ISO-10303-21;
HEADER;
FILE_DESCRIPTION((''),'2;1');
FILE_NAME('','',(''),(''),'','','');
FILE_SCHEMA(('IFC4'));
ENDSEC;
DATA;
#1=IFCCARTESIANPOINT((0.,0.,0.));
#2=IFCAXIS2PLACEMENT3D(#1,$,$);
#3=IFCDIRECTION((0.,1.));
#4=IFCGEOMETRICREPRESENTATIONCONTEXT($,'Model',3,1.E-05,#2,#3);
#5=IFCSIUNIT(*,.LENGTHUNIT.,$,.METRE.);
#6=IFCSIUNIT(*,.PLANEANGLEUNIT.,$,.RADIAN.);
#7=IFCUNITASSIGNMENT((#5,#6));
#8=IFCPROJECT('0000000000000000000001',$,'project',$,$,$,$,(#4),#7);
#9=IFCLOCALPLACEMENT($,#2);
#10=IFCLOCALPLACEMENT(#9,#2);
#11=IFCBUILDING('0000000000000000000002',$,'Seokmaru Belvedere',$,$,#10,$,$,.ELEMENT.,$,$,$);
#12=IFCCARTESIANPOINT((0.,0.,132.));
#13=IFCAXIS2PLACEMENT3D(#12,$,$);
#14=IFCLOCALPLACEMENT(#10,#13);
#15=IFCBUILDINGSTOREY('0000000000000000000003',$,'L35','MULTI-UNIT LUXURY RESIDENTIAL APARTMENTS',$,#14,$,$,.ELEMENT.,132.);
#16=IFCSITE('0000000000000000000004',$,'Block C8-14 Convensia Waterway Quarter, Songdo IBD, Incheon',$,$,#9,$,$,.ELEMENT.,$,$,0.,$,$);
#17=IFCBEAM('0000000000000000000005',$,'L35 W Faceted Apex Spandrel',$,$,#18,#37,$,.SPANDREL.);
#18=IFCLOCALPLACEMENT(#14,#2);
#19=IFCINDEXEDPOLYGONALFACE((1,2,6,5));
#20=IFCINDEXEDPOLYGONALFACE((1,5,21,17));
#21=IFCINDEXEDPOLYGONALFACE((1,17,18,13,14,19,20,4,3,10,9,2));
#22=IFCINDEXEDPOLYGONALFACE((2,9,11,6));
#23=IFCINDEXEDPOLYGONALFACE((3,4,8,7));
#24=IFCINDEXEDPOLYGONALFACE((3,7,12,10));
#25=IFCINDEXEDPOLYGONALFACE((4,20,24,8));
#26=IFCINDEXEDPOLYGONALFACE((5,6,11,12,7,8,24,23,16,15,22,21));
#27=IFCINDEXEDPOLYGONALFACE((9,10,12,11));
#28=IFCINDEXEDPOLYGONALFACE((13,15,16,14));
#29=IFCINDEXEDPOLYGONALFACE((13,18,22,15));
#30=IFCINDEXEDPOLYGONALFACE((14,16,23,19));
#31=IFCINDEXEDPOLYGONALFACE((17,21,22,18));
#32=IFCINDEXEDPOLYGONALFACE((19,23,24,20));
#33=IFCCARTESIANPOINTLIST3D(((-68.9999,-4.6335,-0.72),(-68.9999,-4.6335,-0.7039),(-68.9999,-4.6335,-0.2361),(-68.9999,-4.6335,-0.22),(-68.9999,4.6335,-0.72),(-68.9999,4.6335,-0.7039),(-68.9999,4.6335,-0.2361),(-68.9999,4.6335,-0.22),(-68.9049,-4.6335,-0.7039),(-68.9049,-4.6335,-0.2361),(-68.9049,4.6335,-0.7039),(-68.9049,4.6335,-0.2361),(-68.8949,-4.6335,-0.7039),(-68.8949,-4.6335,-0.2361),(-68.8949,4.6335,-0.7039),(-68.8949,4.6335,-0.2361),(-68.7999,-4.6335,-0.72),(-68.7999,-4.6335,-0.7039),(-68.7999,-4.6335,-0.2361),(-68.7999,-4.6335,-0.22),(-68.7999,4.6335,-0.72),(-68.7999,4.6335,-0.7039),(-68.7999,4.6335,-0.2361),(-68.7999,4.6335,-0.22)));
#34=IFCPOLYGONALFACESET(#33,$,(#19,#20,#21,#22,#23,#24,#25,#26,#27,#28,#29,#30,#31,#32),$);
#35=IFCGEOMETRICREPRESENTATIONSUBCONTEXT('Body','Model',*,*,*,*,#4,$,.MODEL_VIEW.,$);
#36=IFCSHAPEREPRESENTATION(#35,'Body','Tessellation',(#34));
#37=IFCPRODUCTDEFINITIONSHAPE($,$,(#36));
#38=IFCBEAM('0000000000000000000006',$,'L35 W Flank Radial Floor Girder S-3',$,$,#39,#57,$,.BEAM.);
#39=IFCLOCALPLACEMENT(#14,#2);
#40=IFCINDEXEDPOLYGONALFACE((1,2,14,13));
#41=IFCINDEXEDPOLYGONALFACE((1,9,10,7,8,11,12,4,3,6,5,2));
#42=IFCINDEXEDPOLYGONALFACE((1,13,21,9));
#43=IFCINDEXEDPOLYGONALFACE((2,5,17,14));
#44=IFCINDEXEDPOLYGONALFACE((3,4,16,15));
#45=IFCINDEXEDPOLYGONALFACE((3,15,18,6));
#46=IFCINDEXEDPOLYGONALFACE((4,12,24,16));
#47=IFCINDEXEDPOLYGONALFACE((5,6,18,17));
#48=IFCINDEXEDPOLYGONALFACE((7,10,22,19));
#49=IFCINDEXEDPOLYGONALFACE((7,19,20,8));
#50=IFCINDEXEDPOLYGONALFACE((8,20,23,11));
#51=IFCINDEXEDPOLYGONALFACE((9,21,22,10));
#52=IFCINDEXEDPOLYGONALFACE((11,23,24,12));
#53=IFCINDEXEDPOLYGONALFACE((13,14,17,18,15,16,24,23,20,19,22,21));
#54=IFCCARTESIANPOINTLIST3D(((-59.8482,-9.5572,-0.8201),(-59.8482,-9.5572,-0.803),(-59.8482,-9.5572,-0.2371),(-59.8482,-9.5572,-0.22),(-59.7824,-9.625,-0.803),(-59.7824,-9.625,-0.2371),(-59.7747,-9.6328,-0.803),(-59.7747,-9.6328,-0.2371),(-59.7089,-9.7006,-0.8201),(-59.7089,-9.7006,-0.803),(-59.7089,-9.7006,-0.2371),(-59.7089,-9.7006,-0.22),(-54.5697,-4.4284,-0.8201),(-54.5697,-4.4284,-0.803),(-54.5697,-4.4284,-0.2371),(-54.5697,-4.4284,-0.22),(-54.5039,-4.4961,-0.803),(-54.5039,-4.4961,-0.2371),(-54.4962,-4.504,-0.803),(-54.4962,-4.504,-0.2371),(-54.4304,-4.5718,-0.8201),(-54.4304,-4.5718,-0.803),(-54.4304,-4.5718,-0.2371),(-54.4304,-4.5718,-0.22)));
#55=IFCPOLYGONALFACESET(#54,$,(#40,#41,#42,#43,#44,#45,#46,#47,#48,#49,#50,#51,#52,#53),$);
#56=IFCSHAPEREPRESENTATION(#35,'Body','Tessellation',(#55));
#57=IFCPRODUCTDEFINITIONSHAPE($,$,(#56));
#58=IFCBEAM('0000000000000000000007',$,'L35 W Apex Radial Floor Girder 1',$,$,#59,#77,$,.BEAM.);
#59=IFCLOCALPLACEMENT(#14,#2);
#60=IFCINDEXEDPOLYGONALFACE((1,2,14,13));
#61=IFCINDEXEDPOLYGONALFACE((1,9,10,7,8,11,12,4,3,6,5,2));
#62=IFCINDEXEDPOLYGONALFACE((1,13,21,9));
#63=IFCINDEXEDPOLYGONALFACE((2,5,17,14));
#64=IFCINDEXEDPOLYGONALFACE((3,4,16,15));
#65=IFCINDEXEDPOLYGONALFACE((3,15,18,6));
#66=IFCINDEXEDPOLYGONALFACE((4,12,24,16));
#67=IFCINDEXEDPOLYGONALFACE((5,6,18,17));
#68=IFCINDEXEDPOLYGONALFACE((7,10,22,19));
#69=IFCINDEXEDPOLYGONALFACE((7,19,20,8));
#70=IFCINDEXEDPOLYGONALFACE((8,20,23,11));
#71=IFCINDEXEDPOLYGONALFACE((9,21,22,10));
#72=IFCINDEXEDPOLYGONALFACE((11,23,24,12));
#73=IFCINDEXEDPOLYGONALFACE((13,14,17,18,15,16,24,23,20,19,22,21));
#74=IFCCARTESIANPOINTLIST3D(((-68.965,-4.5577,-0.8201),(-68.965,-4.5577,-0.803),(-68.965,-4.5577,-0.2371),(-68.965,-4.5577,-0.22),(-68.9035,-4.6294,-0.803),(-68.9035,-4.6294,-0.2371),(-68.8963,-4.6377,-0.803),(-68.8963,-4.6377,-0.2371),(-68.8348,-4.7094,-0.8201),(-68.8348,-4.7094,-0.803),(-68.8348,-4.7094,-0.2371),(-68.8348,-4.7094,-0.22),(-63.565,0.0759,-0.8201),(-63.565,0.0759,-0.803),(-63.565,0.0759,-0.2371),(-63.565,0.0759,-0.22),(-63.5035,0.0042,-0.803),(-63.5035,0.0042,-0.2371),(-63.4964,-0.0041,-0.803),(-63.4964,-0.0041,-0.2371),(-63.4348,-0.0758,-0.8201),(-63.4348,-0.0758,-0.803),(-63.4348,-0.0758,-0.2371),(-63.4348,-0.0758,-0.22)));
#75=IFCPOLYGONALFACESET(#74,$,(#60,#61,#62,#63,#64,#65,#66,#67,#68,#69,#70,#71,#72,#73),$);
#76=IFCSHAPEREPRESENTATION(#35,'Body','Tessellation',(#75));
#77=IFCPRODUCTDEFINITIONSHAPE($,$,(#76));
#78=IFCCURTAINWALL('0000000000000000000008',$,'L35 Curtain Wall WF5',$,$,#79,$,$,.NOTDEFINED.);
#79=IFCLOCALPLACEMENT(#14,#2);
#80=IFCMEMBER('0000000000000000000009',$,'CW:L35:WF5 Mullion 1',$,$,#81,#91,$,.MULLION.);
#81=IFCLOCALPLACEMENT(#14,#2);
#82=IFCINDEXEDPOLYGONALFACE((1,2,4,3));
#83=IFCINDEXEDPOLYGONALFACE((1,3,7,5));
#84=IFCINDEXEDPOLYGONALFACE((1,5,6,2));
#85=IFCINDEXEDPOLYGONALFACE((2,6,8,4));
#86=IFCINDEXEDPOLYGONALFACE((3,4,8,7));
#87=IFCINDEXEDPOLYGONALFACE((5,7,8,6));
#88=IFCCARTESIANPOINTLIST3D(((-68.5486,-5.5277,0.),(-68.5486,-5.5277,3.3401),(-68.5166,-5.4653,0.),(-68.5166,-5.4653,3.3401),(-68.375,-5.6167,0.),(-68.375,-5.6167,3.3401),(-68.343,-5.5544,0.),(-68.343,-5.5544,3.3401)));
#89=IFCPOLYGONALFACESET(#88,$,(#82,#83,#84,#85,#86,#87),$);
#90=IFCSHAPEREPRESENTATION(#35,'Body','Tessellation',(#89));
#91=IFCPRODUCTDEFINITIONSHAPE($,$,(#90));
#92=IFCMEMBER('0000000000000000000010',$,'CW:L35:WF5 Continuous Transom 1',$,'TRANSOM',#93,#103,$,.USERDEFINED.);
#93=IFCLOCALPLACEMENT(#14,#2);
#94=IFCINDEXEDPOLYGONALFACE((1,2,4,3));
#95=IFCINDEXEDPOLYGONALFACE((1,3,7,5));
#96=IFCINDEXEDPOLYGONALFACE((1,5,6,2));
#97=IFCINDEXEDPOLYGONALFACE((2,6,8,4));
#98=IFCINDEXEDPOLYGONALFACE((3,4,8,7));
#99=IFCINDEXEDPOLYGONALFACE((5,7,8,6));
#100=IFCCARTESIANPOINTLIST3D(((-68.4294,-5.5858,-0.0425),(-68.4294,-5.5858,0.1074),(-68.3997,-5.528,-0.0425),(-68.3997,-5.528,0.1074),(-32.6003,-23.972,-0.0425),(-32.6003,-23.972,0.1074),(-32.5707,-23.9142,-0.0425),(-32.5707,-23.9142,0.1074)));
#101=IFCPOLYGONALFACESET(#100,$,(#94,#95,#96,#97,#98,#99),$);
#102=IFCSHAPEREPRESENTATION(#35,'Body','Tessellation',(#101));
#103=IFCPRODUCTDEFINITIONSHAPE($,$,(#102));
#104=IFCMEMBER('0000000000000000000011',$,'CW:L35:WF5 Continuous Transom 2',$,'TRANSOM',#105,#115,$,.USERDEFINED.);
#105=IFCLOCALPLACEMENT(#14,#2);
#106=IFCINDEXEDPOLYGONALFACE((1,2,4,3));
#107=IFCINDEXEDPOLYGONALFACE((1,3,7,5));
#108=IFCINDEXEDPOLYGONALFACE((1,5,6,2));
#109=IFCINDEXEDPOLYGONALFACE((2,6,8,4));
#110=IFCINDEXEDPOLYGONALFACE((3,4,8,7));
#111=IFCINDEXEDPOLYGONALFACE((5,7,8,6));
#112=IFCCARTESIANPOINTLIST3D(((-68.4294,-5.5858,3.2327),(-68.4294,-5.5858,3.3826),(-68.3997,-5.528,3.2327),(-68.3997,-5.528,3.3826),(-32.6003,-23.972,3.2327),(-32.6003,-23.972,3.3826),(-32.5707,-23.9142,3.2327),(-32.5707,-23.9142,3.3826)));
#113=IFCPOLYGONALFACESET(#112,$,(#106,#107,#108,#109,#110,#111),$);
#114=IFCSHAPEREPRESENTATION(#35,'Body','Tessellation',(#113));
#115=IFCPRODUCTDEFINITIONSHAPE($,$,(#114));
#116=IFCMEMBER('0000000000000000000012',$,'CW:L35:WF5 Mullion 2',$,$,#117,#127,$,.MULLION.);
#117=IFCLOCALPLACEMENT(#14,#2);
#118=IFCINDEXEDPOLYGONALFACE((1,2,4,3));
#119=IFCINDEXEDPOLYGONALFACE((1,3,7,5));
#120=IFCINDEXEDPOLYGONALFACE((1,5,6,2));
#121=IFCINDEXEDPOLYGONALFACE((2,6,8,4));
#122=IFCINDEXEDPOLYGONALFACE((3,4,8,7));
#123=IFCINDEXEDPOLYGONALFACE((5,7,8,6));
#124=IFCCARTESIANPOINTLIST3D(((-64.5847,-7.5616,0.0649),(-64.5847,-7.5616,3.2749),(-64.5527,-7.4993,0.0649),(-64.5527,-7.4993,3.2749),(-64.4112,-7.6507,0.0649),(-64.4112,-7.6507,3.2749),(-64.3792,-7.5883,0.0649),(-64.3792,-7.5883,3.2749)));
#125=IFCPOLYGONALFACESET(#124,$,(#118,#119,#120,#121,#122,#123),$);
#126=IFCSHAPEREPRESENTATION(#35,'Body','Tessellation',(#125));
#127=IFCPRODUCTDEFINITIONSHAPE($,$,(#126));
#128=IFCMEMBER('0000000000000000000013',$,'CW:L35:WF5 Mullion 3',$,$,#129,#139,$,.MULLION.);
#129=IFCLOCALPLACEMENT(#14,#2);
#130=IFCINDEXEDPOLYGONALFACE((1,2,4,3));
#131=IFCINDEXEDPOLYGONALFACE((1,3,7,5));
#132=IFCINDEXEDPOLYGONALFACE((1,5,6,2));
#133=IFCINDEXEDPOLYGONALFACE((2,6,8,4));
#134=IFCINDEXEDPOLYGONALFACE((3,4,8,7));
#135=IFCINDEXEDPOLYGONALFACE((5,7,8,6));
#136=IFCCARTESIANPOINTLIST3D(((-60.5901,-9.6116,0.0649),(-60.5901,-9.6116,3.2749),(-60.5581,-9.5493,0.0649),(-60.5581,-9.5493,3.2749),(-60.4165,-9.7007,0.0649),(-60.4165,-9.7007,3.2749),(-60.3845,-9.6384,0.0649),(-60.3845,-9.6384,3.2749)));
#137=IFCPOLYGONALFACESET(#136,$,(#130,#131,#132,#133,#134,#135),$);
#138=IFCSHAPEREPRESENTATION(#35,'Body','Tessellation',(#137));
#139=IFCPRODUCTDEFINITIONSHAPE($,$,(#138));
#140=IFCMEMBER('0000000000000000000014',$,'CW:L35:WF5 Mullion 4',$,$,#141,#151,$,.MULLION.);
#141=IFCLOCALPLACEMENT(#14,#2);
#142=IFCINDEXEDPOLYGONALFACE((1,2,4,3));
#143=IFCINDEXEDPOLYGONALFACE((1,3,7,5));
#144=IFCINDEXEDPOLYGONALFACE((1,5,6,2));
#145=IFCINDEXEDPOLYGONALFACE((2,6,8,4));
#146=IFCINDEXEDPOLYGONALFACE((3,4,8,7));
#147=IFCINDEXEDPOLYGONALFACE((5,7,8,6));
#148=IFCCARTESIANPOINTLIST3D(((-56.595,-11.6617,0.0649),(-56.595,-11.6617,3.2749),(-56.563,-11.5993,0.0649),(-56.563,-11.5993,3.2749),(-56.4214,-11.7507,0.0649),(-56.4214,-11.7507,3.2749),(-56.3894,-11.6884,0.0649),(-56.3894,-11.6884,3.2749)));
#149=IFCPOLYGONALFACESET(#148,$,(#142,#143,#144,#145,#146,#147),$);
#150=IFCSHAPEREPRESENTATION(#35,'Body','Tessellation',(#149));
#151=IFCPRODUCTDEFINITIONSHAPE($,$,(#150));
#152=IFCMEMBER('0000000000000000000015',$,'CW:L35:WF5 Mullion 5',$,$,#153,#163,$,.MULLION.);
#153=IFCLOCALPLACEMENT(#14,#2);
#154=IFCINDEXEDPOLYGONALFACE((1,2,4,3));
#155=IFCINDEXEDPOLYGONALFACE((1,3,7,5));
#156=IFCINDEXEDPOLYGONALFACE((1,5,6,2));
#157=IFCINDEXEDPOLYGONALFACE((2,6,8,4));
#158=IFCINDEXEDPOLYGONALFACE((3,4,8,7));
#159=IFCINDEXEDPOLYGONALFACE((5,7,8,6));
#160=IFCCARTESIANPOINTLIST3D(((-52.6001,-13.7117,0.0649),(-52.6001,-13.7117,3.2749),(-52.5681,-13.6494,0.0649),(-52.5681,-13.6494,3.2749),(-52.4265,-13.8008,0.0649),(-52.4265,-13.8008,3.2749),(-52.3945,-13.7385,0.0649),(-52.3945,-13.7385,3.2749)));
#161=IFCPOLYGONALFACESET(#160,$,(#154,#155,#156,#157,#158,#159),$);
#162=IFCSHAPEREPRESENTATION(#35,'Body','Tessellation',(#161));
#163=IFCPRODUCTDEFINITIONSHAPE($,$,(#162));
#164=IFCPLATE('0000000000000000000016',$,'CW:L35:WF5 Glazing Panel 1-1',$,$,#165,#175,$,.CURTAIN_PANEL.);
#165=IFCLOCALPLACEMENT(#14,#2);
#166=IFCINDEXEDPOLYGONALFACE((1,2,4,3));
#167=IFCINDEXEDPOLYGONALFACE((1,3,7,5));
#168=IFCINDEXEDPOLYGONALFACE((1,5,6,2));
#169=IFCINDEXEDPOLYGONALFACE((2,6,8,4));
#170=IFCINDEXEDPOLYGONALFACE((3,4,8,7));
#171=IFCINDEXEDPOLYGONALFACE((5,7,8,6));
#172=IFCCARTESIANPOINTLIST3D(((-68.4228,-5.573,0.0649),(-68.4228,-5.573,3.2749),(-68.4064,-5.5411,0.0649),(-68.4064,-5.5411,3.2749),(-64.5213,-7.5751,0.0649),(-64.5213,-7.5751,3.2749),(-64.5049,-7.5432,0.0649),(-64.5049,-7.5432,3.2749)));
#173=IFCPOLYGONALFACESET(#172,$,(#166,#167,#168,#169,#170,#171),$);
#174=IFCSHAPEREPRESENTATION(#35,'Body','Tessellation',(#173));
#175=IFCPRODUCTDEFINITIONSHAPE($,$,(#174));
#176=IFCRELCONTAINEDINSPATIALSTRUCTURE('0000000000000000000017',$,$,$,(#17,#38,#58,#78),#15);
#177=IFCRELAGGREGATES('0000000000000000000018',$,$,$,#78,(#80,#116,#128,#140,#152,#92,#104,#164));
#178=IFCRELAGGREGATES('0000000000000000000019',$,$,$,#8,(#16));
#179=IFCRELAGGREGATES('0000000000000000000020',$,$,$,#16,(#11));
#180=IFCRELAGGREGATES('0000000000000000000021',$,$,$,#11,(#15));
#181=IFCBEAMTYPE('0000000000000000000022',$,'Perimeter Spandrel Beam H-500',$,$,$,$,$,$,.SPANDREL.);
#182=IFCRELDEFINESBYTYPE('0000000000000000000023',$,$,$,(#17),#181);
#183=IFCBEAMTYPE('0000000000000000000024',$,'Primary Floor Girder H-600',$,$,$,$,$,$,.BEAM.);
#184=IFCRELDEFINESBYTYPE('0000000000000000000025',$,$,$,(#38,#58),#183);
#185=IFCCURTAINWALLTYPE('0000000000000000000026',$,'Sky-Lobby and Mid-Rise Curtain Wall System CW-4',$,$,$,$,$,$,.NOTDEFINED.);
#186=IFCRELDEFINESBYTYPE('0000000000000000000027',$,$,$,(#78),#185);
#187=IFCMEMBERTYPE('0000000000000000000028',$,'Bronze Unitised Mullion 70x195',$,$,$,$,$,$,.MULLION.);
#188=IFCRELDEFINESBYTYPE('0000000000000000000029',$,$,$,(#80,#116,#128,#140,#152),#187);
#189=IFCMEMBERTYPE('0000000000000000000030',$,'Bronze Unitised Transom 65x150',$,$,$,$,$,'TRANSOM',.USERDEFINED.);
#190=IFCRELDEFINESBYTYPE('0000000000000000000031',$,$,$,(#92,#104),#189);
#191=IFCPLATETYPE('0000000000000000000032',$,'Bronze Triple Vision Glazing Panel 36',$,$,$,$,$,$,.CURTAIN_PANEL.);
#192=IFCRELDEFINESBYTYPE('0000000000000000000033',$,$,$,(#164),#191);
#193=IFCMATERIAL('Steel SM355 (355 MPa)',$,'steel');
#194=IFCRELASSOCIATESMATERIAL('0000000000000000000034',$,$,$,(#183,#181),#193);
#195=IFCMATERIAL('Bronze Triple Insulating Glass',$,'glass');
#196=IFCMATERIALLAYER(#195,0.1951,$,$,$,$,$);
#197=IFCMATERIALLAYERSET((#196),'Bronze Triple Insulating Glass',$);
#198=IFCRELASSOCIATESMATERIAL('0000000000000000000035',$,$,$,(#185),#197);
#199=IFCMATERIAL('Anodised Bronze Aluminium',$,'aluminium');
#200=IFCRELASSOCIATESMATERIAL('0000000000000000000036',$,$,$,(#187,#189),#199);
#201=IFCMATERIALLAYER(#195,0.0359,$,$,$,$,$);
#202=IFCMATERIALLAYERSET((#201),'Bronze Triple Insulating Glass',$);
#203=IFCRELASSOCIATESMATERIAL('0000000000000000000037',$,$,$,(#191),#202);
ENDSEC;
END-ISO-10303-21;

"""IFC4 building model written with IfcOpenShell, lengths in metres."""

from ifc_helpers import new_model, si_unit, direction, frame, origin, origin_2d, place, context, subcontext, project, spatial, rectangle, i_section, extrude, source, transform, mapped, material, layer, layer_set, material_profile, profile_set, type_object, type_shapes, element, aggregate, save


model = new_model("IFC4")

# Units and contexts
model_context = context("Model", 3, precision=1e-05, world=origin(), true_north=direction((0.0, 1.0)))
body_context = subcontext(model_context, "Body", "Model", "MODEL_VIEW")
ifc_project = project(units=[si_unit("LENGTHUNIT", "METRE"), si_unit("PLANEANGLEUNIT", "RADIAN")], contexts=[model_context])

# Site, building, storey
site_placement = place(None, origin())
site = spatial("IfcSite", under=ifc_project, at=site_placement, Name="Block C8-14 Convensia Waterway Quarter, Songdo IBD, Incheon", CompositionType="ELEMENT", RefElevation=0.0)
building_placement = place(site_placement, origin())
building = spatial("IfcBuilding", under=site, at=building_placement, Name="Seokmaru Belvedere", CompositionType="ELEMENT")
storey_placement = place(building_placement, frame((0.0, 0.0, 132.0)))
storey = spatial("IfcBuildingStorey", under=building, at=storey_placement, Name="L35", Description="MULTI-UNIT LUXURY RESIDENTIAL APARTMENTS", CompositionType="ELEMENT", Elevation=132.0)

# Shared definitions
ifc_material_1 = material(Name="Steel SM355 (355 MPa)", Category="steel")

# Beams
ifc_material_profile_1 = material_profile(ifc_material_1, i_section(OverallWidth=0.2, OverallDepth=0.6001, WebThickness=0.011, FlangeThickness=0.0171, at=origin_2d()), Name="H-600x200x11x17")
ifc_profile_set_1 = profile_set([ifc_material_profile_1], Name="Steel SM355 (355 MPa)")
beam_type_1 = type_object("IfcBeamType", Name="Primary Floor Girder H-600", PredefinedType="BEAM", material=ifc_profile_set_1)
ifc_material_profile_2 = material_profile(ifc_material_1, i_section(OverallWidth=0.2, OverallDepth=0.5, WebThickness=0.01, FlangeThickness=0.0161, at=origin_2d()), Name="H-500x200x10x16")
ifc_profile_set_2 = profile_set([ifc_material_profile_2], Name="Steel SM355 (355 MPa)")
beam_type_2 = type_object("IfcBeamType", Name="Perimeter Spandrel Beam H-500", PredefinedType="SPANDREL", material=ifc_profile_set_2)
shared_shape_1 = source(origin(), body_context, "Body", "SweptSolid", [
    extrude(i_section(OverallWidth=0.2, OverallDepth=0.5, WebThickness=0.01, FlangeThickness=0.0161, at=origin_2d()), origin(), (0.0, 0.0, 1.0), 9.2671),
])
beam_1_placement = place(storey_placement, frame((-68.8999, -4.6335, -0.47), z_axis=(0.0, 1.0, 0.0), x_axis=(-1.0, 0.0, 0.0)))
element("IfcBeam", 1, at=beam_1_placement, inside=storey, type_object=beam_type_2, Name="L35 W Faceted Apex Spandrel", PredefinedType="SPANDREL", context=body_context, shape_type="MappedRepresentation", body=[
    mapped(shared_shape_1, transform((0.0, 0.0, 0.0), scale=1.0)),
])
shared_shape_2 = source(origin(), body_context, "Body", "SweptSolid", [
    extrude(i_section(OverallWidth=0.2, OverallDepth=0.6001, WebThickness=0.011, FlangeThickness=0.0171, at=origin_2d()), origin(), (0.0, 0.0, 1.0), 7.3599),
])
beam_2_placement = place(storey_placement, frame((-59.7786, -9.6289, -0.52), z_axis=(0.717201, 0.696867, 0.0), x_axis=(-0.696867, 0.717201, 0.0)))
element("IfcBeam", 2, at=beam_2_placement, inside=storey, type_object=beam_type_1, Name="L35 W Flank Radial Floor Girder S-3", PredefinedType="BEAM", context=body_context, shape_type="MappedRepresentation", body=[
    mapped(shared_shape_2, transform((0.0, 0.0, 0.0), scale=1.0)),
])
shared_shape_3 = source(origin(), body_context, "Body", "SweptSolid", [
    extrude(i_section(OverallWidth=0.2, OverallDepth=0.6001, WebThickness=0.011, FlangeThickness=0.0171, at=origin_2d()), origin(), (0.0, 0.0, 1.0), 7.1155),
])
beam_3_placement = place(storey_placement, frame((-68.8999, -4.6335, -0.52), z_axis=(0.758905, 0.651201, 0.0), x_axis=(-0.651201, 0.758905, 0.0)))
element("IfcBeam", 3, at=beam_3_placement, inside=storey, type_object=beam_type_1, Name="L35 W Apex Radial Floor Girder 1", PredefinedType="BEAM", context=body_context, shape_type="MappedRepresentation", body=[
    mapped(shared_shape_3, transform((0.0, 0.0, 0.0), scale=1.0)),
])

# Curtain wall, members, plate
ifc_material_2 = material(Name="Bronze Triple Insulating Glass", Category="glass")
ifc_layer_1 = layer(ifc_material_2, 0.1951)
ifc_layer_set_1 = layer_set([ifc_layer_1], Name="Bronze Triple Insulating Glass")
curtain_wall_type = type_object("IfcCurtainWallType", Name="Sky-Lobby and Mid-Rise Curtain Wall System CW-4", PredefinedType="NOTDEFINED", material=ifc_layer_set_1)
curtain_wall_placement = place(storey_placement, origin())
curtain_wall = element("IfcCurtainWall", 4, at=curtain_wall_placement, inside=storey, type_object=curtain_wall_type, Name="L35 Curtain Wall WF5", PredefinedType="NOTDEFINED")
ifc_material_3 = material(Name="Anodised Bronze Aluminium", Category="aluminium")
ifc_material_profile_3 = material_profile(ifc_material_3, rectangle(XDim=0.0701, YDim=0.1951, at=origin_2d()), Name="CW-M-70x195")
ifc_profile_set_3 = profile_set([ifc_material_profile_3], Name="Anodised Bronze Aluminium")
member_type_1 = type_object("IfcMemberType", Name="Bronze Unitised Mullion 70x195", PredefinedType="MULLION", material=ifc_profile_set_3)
shared_shape_4 = source(origin(), body_context, "Body", "SweptSolid", [
    extrude(rectangle(XDim=0.0701, YDim=0.1951, at=origin_2d()), origin(), (0.0, 0.0, 1.0), 3.3401),
])
member_1_placement = place(storey_placement, frame((-68.4458, -5.541, 0.0), z_axis=(0.0, 0.0, 1.0), x_axis=(0.456555, 0.889695, 0.0)))
member_1 = element("IfcMember", 5, at=member_1_placement, type_object=member_type_1, Name="CW:L35:WF5 Mullion 1", PredefinedType="MULLION", context=body_context, shape_type="MappedRepresentation", body=[
    mapped(shared_shape_4, transform((0.0, 0.0, 0.0), scale=1.0)),
])
ifc_material_profile_4 = material_profile(ifc_material_3, rectangle(XDim=0.0649, YDim=0.1499, at=origin_2d()), Name="CW-T-65x150")
ifc_profile_set_4 = profile_set([ifc_material_profile_4], Name="Anodised Bronze Aluminium")
member_type_2 = type_object("IfcMemberType", Name="Bronze Unitised Transom 65x150", ElementType="TRANSOM", PredefinedType="USERDEFINED", material=ifc_profile_set_4)
shared_shape_5 = source(origin(), body_context, "Body", "SweptSolid", [
    extrude(rectangle(XDim=0.0649, YDim=0.1499, at=origin_2d()), origin(), (0.0, 0.0, 1.0), 40.2712),
])
type_shapes(member_type_2, [shared_shape_5])
member_2_placement = place(storey_placement, frame((-68.4146, -5.5569, 0.0325), z_axis=(0.889693, -0.456559, 0.0), x_axis=(0.456559, 0.889693, 0.0)))
member_2 = element("IfcMember", 6, at=member_2_placement, type_object=member_type_2, Name="CW:L35:WF5 Continuous Transom 1", ObjectType="TRANSOM", PredefinedType="USERDEFINED", context=body_context, shape_type="MappedRepresentation", body=[
    mapped(shared_shape_5, transform((0.0, 0.0, 0.0), scale=1.0)),
])
member_3_placement = place(storey_placement, frame((-68.4146, -5.5569, 3.3076), z_axis=(0.889693, -0.456559, 0.0), x_axis=(0.456559, 0.889693, 0.0)))
member_3 = element("IfcMember", 7, at=member_3_placement, type_object=member_type_2, Name="CW:L35:WF5 Continuous Transom 2", ObjectType="TRANSOM", PredefinedType="USERDEFINED", context=body_context, shape_type="MappedRepresentation", body=[
    mapped(shared_shape_5, transform((0.0, 0.0, 0.0), scale=1.0)),
])
shared_shape_6 = source(origin(), body_context, "Body", "SweptSolid", [
    extrude(rectangle(XDim=0.0701, YDim=0.1951, at=origin_2d()), origin(), (0.0, 0.0, 1.0), 3.21),
])
type_shapes(member_type_1, [shared_shape_4, shared_shape_6])
member_4_placement = place(storey_placement, frame((-64.4819, -7.575, 0.0649), z_axis=(0.0, 0.0, 1.0), x_axis=(0.456555, 0.889695, 0.0)))
member_4 = element("IfcMember", 8, at=member_4_placement, type_object=member_type_1, Name="CW:L35:WF5 Mullion 2", PredefinedType="MULLION", context=body_context, shape_type="MappedRepresentation", body=[
    mapped(shared_shape_6, transform((0.0, 0.0, 0.0), scale=1.0)),
])
member_5_placement = place(storey_placement, frame((-60.4873, -9.625, 0.0649), z_axis=(0.0, 0.0, 1.0), x_axis=(0.456555, 0.889695, 0.0)))
member_5 = element("IfcMember", 9, at=member_5_placement, type_object=member_type_1, Name="CW:L35:WF5 Mullion 3", PredefinedType="MULLION", context=body_context, shape_type="MappedRepresentation", body=[
    mapped(shared_shape_6, transform((0.0, 0.0, 0.0), scale=1.0)),
])
member_6_placement = place(storey_placement, frame((-56.4922, -11.675, 0.0649), z_axis=(0.0, 0.0, 1.0), x_axis=(0.456555, 0.889695, 0.0)))
member_6 = element("IfcMember", 10, at=member_6_placement, type_object=member_type_1, Name="CW:L35:WF5 Mullion 4", PredefinedType="MULLION", context=body_context, shape_type="MappedRepresentation", body=[
    mapped(shared_shape_6, transform((0.0, 0.0, 0.0), scale=1.0)),
])
member_7_placement = place(storey_placement, frame((-52.4973, -13.7251, 0.0649), z_axis=(0.0, 0.0, 1.0), x_axis=(0.456555, 0.889695, 0.0)))
member_7 = element("IfcMember", 11, at=member_7_placement, type_object=member_type_1, Name="CW:L35:WF5 Mullion 5", PredefinedType="MULLION", context=body_context, shape_type="MappedRepresentation", body=[
    mapped(shared_shape_6, transform((0.0, 0.0, 0.0), scale=1.0)),
])
ifc_layer_2 = layer(ifc_material_2, 0.0359)
ifc_layer_set_2 = layer_set([ifc_layer_2], Name="Bronze Triple Insulating Glass")
plate_type = type_object("IfcPlateType", Name="Bronze Triple Vision Glazing Panel 36", PredefinedType="CURTAIN_PANEL", material=ifc_layer_set_2)
shared_shape_7 = source(origin(), body_context, "Body", "SweptSolid", [
    extrude(rectangle(XDim=4.3853, YDim=0.0359, at=origin_2d()), origin(), (0.0, 0.0, 1.0), 3.21),
])
plate_1_placement = place(storey_placement, frame((-66.4639, -6.5581, 0.0649), z_axis=(0.0, 0.0, 1.0), x_axis=(0.889695, -0.456555, 0.0)))
plate_1 = element("IfcPlate", 12, at=plate_1_placement, type_object=plate_type, Name="CW:L35:WF5 Glazing Panel 1-1", PredefinedType="CURTAIN_PANEL", context=body_context, shape_type="MappedRepresentation", body=[
    mapped(shared_shape_7, transform((0.0, 0.0, 0.0), scale=1.0)),
])
aggregate(curtain_wall, [member_1, member_4, member_5, member_6, member_7, member_2, member_3, plate_1])

save(model, "model.ifc")
